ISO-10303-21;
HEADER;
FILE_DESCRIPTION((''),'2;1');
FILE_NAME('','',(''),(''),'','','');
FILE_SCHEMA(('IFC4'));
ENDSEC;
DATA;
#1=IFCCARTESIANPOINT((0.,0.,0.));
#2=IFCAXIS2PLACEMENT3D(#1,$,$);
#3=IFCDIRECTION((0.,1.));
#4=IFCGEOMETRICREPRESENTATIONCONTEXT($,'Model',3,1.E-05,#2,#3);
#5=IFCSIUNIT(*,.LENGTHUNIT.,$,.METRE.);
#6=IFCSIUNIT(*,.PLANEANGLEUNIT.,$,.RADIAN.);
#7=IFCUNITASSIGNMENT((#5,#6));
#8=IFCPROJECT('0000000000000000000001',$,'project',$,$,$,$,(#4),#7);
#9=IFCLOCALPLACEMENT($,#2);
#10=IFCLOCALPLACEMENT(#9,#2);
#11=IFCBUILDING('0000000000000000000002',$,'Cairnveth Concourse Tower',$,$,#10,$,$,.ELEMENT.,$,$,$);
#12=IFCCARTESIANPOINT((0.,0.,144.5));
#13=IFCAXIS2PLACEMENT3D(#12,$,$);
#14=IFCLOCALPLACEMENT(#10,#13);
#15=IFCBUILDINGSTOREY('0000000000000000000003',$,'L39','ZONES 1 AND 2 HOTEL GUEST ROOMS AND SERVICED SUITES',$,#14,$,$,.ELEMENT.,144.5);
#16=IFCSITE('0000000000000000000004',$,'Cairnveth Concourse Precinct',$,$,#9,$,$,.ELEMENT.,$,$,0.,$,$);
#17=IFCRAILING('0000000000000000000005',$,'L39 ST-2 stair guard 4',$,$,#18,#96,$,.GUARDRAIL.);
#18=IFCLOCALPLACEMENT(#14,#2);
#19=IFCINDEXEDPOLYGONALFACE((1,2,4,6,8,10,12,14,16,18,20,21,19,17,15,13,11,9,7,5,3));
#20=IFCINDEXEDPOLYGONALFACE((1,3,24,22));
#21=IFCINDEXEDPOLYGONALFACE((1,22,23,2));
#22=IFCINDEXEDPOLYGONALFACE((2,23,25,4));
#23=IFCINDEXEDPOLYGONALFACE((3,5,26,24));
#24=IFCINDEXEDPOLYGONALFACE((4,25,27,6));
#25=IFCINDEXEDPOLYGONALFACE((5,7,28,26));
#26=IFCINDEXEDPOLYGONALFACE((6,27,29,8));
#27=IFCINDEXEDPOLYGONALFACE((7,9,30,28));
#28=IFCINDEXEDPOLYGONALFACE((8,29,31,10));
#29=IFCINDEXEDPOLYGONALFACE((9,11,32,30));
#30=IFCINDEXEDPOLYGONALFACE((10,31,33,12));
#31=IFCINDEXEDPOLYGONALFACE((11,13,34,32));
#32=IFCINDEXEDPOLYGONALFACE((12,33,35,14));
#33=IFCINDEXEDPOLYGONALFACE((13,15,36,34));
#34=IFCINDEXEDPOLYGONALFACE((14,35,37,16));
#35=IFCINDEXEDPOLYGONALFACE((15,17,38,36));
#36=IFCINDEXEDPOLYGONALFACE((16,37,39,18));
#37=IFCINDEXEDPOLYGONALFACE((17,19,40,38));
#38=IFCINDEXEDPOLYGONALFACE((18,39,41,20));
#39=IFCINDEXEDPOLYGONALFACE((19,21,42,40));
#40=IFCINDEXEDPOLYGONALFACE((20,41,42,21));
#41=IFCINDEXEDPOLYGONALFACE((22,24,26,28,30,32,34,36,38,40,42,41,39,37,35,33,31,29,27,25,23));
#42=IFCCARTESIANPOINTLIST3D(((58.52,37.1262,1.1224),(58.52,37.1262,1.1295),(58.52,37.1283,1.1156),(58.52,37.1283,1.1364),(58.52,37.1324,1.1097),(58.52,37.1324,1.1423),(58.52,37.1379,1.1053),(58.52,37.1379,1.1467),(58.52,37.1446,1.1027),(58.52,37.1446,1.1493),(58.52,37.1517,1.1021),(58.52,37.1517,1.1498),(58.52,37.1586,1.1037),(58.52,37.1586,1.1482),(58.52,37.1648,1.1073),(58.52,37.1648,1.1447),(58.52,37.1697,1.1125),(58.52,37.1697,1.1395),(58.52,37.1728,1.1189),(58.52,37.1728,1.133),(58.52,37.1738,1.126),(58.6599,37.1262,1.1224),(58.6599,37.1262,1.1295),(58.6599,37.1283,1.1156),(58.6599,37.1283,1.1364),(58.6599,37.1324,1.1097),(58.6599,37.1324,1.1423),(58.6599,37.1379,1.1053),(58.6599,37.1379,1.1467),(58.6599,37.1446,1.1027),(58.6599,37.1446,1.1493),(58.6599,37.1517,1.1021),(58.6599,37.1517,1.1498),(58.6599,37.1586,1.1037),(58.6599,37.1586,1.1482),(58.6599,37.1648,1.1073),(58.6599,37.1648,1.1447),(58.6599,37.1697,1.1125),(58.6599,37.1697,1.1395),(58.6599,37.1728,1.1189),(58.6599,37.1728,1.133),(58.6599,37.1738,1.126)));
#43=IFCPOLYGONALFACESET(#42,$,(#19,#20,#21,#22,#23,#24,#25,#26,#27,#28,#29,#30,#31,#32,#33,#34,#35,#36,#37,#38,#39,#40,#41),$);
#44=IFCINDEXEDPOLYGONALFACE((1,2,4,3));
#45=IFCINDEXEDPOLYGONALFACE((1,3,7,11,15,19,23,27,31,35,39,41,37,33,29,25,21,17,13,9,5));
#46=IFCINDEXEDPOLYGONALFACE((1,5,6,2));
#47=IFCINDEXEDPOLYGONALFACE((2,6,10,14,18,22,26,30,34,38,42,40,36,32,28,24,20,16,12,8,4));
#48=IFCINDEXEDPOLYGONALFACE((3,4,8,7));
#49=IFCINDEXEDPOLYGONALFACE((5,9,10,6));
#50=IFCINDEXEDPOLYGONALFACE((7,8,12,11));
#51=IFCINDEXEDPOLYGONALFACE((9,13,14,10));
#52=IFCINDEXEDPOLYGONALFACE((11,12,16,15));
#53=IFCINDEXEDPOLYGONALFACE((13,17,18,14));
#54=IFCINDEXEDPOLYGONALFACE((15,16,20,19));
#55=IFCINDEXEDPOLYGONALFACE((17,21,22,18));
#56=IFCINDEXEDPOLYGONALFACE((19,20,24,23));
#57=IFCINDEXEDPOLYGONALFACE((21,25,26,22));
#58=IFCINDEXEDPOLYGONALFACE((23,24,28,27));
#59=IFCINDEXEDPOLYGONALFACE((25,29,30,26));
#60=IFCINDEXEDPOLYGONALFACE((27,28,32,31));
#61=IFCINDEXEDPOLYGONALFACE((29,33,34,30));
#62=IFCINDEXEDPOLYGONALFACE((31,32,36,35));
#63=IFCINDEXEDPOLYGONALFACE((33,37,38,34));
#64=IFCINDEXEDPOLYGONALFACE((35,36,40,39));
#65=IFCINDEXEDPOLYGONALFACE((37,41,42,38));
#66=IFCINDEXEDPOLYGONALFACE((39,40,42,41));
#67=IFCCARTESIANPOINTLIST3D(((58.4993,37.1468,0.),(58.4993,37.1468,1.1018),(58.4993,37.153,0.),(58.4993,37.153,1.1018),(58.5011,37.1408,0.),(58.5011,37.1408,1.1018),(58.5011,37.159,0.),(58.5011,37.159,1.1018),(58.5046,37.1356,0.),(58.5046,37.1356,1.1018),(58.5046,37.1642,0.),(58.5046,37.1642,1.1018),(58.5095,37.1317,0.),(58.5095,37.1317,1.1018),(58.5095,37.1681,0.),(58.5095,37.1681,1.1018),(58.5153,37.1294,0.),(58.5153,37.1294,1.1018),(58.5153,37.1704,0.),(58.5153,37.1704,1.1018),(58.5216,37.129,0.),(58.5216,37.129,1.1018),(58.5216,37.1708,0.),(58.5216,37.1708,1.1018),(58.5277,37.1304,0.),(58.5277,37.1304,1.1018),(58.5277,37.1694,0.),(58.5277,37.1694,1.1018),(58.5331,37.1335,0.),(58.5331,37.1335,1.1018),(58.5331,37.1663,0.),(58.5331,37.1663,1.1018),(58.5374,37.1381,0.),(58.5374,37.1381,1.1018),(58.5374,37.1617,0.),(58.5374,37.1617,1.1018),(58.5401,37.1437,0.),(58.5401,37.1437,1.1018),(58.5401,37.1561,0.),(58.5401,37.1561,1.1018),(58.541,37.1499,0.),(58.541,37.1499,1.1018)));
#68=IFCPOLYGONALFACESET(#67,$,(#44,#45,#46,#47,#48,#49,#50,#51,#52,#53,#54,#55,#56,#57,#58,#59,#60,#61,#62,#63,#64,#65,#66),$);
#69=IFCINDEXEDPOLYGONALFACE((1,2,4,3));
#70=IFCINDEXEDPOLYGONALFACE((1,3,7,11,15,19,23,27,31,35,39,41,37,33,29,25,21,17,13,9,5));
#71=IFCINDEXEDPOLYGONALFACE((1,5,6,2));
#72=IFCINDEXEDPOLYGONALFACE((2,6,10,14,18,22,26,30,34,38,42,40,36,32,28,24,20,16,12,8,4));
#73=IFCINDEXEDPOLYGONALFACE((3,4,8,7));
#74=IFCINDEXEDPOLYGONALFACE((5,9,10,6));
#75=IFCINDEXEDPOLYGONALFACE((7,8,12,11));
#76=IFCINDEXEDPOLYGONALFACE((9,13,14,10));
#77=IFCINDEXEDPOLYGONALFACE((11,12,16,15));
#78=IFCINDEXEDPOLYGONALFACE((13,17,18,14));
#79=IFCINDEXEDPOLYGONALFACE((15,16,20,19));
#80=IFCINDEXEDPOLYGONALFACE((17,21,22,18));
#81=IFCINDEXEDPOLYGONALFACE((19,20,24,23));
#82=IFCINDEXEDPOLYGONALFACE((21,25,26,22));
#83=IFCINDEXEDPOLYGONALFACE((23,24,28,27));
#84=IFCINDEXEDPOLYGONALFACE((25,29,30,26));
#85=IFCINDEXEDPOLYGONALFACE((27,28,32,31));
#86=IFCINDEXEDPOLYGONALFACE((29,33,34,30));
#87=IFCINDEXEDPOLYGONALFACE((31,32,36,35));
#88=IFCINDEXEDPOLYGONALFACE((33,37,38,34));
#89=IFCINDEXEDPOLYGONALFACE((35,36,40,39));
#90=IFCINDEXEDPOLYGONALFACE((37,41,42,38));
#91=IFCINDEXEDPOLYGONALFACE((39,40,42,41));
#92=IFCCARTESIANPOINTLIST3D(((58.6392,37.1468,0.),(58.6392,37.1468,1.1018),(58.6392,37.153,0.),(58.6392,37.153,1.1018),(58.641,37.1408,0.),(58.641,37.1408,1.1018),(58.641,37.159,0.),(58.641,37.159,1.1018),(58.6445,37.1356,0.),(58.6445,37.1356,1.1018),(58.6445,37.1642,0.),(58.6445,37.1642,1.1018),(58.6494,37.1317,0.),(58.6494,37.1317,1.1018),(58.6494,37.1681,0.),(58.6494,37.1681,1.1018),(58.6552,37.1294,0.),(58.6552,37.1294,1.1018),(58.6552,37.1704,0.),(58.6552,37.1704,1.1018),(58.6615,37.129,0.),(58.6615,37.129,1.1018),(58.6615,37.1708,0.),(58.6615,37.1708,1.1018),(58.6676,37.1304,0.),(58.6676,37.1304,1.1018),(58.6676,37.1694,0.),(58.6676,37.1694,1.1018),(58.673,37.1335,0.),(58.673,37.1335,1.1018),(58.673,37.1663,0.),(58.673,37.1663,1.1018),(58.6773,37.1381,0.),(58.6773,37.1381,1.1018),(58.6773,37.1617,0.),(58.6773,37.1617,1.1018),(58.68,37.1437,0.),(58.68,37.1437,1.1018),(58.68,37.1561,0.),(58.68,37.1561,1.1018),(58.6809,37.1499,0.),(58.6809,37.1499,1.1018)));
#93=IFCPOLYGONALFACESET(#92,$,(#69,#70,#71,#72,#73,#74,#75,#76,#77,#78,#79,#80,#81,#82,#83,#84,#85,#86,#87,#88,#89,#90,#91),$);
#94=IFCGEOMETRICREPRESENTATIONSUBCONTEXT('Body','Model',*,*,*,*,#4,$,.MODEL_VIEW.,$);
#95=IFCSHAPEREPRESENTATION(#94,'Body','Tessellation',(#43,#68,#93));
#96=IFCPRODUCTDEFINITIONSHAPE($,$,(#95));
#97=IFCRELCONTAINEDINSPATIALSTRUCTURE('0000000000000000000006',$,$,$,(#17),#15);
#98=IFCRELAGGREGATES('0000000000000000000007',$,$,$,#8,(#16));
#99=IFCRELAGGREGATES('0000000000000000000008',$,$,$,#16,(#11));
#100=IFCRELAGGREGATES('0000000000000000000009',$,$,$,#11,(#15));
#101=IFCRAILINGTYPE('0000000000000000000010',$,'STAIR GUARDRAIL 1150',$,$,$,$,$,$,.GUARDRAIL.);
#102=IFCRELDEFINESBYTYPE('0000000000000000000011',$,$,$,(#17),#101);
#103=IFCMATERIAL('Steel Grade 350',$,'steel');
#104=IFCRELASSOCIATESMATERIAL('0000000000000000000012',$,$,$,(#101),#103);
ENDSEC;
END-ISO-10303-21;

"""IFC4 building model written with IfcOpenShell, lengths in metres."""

from ifc_helpers import new_model, si_unit, direction, frame, origin, origin_2d, place, context, subcontext, project, spatial, circle, extrude, material, type_object, element, save


model = new_model("IFC4")

# Units and contexts
model_context = context("Model", 3, precision=1e-05, world=origin(), true_north=direction((0.0, 1.0)))
body_context = subcontext(model_context, "Body", "Model", "MODEL_VIEW")
ifc_project = project(units=[si_unit("LENGTHUNIT", "METRE"), si_unit("PLANEANGLEUNIT", "RADIAN")], contexts=[model_context])

# Site, building, storey
site_placement = place(None, origin())
site = spatial("IfcSite", under=ifc_project, at=site_placement, Name="Cairnveth Concourse Precinct", CompositionType="ELEMENT", RefElevation=0.0)
building_placement = place(site_placement, origin())
building = spatial("IfcBuilding", under=site, at=building_placement, Name="Cairnveth Concourse Tower", CompositionType="ELEMENT")
storey_placement = place(building_placement, frame((0.0, 0.0, 144.5)))
storey = spatial("IfcBuildingStorey", under=building, at=storey_placement, Name="L39", Description="ZONES 1 AND 2 HOTEL GUEST ROOMS AND SERVICED SUITES", CompositionType="ELEMENT", Elevation=144.5)

# Shared definitions
ifc_material_1 = material(Name="Steel Grade 350", Category="steel")

# Railing
railing_type = type_object("IfcRailingType", Name="STAIR GUARDRAIL 1150", PredefinedType="GUARDRAIL", material=ifc_material_1)
railing_placement = place(storey_placement, frame((58.52, 37.1499, 0.0)))
element("IfcRailing", 1, at=railing_placement, inside=storey, type_object=railing_type, Name="L39 ST-2 stair guard 4", PredefinedType="GUARDRAIL", context=body_context, shape_type="SweptSolid", body=[
    extrude(circle(Radius=0.0239, at=origin_2d()), frame((0.0, 0.0, 1.126), z_axis=(1.0, 0.0, 0.0), x_axis=(0.0, 1.0, 0.0)), (0.0, 0.0, 1.0), 0.1399),
    extrude(circle(Radius=0.021, at=origin_2d()), origin(), (0.0, 0.0, 1.0), 1.1018),
    extrude(circle(Radius=0.021, at=origin_2d()), frame((0.1399, 0.0, 0.0)), (0.0, 0.0, 1.0), 1.1018),
])

save(model, "model.ifc")
